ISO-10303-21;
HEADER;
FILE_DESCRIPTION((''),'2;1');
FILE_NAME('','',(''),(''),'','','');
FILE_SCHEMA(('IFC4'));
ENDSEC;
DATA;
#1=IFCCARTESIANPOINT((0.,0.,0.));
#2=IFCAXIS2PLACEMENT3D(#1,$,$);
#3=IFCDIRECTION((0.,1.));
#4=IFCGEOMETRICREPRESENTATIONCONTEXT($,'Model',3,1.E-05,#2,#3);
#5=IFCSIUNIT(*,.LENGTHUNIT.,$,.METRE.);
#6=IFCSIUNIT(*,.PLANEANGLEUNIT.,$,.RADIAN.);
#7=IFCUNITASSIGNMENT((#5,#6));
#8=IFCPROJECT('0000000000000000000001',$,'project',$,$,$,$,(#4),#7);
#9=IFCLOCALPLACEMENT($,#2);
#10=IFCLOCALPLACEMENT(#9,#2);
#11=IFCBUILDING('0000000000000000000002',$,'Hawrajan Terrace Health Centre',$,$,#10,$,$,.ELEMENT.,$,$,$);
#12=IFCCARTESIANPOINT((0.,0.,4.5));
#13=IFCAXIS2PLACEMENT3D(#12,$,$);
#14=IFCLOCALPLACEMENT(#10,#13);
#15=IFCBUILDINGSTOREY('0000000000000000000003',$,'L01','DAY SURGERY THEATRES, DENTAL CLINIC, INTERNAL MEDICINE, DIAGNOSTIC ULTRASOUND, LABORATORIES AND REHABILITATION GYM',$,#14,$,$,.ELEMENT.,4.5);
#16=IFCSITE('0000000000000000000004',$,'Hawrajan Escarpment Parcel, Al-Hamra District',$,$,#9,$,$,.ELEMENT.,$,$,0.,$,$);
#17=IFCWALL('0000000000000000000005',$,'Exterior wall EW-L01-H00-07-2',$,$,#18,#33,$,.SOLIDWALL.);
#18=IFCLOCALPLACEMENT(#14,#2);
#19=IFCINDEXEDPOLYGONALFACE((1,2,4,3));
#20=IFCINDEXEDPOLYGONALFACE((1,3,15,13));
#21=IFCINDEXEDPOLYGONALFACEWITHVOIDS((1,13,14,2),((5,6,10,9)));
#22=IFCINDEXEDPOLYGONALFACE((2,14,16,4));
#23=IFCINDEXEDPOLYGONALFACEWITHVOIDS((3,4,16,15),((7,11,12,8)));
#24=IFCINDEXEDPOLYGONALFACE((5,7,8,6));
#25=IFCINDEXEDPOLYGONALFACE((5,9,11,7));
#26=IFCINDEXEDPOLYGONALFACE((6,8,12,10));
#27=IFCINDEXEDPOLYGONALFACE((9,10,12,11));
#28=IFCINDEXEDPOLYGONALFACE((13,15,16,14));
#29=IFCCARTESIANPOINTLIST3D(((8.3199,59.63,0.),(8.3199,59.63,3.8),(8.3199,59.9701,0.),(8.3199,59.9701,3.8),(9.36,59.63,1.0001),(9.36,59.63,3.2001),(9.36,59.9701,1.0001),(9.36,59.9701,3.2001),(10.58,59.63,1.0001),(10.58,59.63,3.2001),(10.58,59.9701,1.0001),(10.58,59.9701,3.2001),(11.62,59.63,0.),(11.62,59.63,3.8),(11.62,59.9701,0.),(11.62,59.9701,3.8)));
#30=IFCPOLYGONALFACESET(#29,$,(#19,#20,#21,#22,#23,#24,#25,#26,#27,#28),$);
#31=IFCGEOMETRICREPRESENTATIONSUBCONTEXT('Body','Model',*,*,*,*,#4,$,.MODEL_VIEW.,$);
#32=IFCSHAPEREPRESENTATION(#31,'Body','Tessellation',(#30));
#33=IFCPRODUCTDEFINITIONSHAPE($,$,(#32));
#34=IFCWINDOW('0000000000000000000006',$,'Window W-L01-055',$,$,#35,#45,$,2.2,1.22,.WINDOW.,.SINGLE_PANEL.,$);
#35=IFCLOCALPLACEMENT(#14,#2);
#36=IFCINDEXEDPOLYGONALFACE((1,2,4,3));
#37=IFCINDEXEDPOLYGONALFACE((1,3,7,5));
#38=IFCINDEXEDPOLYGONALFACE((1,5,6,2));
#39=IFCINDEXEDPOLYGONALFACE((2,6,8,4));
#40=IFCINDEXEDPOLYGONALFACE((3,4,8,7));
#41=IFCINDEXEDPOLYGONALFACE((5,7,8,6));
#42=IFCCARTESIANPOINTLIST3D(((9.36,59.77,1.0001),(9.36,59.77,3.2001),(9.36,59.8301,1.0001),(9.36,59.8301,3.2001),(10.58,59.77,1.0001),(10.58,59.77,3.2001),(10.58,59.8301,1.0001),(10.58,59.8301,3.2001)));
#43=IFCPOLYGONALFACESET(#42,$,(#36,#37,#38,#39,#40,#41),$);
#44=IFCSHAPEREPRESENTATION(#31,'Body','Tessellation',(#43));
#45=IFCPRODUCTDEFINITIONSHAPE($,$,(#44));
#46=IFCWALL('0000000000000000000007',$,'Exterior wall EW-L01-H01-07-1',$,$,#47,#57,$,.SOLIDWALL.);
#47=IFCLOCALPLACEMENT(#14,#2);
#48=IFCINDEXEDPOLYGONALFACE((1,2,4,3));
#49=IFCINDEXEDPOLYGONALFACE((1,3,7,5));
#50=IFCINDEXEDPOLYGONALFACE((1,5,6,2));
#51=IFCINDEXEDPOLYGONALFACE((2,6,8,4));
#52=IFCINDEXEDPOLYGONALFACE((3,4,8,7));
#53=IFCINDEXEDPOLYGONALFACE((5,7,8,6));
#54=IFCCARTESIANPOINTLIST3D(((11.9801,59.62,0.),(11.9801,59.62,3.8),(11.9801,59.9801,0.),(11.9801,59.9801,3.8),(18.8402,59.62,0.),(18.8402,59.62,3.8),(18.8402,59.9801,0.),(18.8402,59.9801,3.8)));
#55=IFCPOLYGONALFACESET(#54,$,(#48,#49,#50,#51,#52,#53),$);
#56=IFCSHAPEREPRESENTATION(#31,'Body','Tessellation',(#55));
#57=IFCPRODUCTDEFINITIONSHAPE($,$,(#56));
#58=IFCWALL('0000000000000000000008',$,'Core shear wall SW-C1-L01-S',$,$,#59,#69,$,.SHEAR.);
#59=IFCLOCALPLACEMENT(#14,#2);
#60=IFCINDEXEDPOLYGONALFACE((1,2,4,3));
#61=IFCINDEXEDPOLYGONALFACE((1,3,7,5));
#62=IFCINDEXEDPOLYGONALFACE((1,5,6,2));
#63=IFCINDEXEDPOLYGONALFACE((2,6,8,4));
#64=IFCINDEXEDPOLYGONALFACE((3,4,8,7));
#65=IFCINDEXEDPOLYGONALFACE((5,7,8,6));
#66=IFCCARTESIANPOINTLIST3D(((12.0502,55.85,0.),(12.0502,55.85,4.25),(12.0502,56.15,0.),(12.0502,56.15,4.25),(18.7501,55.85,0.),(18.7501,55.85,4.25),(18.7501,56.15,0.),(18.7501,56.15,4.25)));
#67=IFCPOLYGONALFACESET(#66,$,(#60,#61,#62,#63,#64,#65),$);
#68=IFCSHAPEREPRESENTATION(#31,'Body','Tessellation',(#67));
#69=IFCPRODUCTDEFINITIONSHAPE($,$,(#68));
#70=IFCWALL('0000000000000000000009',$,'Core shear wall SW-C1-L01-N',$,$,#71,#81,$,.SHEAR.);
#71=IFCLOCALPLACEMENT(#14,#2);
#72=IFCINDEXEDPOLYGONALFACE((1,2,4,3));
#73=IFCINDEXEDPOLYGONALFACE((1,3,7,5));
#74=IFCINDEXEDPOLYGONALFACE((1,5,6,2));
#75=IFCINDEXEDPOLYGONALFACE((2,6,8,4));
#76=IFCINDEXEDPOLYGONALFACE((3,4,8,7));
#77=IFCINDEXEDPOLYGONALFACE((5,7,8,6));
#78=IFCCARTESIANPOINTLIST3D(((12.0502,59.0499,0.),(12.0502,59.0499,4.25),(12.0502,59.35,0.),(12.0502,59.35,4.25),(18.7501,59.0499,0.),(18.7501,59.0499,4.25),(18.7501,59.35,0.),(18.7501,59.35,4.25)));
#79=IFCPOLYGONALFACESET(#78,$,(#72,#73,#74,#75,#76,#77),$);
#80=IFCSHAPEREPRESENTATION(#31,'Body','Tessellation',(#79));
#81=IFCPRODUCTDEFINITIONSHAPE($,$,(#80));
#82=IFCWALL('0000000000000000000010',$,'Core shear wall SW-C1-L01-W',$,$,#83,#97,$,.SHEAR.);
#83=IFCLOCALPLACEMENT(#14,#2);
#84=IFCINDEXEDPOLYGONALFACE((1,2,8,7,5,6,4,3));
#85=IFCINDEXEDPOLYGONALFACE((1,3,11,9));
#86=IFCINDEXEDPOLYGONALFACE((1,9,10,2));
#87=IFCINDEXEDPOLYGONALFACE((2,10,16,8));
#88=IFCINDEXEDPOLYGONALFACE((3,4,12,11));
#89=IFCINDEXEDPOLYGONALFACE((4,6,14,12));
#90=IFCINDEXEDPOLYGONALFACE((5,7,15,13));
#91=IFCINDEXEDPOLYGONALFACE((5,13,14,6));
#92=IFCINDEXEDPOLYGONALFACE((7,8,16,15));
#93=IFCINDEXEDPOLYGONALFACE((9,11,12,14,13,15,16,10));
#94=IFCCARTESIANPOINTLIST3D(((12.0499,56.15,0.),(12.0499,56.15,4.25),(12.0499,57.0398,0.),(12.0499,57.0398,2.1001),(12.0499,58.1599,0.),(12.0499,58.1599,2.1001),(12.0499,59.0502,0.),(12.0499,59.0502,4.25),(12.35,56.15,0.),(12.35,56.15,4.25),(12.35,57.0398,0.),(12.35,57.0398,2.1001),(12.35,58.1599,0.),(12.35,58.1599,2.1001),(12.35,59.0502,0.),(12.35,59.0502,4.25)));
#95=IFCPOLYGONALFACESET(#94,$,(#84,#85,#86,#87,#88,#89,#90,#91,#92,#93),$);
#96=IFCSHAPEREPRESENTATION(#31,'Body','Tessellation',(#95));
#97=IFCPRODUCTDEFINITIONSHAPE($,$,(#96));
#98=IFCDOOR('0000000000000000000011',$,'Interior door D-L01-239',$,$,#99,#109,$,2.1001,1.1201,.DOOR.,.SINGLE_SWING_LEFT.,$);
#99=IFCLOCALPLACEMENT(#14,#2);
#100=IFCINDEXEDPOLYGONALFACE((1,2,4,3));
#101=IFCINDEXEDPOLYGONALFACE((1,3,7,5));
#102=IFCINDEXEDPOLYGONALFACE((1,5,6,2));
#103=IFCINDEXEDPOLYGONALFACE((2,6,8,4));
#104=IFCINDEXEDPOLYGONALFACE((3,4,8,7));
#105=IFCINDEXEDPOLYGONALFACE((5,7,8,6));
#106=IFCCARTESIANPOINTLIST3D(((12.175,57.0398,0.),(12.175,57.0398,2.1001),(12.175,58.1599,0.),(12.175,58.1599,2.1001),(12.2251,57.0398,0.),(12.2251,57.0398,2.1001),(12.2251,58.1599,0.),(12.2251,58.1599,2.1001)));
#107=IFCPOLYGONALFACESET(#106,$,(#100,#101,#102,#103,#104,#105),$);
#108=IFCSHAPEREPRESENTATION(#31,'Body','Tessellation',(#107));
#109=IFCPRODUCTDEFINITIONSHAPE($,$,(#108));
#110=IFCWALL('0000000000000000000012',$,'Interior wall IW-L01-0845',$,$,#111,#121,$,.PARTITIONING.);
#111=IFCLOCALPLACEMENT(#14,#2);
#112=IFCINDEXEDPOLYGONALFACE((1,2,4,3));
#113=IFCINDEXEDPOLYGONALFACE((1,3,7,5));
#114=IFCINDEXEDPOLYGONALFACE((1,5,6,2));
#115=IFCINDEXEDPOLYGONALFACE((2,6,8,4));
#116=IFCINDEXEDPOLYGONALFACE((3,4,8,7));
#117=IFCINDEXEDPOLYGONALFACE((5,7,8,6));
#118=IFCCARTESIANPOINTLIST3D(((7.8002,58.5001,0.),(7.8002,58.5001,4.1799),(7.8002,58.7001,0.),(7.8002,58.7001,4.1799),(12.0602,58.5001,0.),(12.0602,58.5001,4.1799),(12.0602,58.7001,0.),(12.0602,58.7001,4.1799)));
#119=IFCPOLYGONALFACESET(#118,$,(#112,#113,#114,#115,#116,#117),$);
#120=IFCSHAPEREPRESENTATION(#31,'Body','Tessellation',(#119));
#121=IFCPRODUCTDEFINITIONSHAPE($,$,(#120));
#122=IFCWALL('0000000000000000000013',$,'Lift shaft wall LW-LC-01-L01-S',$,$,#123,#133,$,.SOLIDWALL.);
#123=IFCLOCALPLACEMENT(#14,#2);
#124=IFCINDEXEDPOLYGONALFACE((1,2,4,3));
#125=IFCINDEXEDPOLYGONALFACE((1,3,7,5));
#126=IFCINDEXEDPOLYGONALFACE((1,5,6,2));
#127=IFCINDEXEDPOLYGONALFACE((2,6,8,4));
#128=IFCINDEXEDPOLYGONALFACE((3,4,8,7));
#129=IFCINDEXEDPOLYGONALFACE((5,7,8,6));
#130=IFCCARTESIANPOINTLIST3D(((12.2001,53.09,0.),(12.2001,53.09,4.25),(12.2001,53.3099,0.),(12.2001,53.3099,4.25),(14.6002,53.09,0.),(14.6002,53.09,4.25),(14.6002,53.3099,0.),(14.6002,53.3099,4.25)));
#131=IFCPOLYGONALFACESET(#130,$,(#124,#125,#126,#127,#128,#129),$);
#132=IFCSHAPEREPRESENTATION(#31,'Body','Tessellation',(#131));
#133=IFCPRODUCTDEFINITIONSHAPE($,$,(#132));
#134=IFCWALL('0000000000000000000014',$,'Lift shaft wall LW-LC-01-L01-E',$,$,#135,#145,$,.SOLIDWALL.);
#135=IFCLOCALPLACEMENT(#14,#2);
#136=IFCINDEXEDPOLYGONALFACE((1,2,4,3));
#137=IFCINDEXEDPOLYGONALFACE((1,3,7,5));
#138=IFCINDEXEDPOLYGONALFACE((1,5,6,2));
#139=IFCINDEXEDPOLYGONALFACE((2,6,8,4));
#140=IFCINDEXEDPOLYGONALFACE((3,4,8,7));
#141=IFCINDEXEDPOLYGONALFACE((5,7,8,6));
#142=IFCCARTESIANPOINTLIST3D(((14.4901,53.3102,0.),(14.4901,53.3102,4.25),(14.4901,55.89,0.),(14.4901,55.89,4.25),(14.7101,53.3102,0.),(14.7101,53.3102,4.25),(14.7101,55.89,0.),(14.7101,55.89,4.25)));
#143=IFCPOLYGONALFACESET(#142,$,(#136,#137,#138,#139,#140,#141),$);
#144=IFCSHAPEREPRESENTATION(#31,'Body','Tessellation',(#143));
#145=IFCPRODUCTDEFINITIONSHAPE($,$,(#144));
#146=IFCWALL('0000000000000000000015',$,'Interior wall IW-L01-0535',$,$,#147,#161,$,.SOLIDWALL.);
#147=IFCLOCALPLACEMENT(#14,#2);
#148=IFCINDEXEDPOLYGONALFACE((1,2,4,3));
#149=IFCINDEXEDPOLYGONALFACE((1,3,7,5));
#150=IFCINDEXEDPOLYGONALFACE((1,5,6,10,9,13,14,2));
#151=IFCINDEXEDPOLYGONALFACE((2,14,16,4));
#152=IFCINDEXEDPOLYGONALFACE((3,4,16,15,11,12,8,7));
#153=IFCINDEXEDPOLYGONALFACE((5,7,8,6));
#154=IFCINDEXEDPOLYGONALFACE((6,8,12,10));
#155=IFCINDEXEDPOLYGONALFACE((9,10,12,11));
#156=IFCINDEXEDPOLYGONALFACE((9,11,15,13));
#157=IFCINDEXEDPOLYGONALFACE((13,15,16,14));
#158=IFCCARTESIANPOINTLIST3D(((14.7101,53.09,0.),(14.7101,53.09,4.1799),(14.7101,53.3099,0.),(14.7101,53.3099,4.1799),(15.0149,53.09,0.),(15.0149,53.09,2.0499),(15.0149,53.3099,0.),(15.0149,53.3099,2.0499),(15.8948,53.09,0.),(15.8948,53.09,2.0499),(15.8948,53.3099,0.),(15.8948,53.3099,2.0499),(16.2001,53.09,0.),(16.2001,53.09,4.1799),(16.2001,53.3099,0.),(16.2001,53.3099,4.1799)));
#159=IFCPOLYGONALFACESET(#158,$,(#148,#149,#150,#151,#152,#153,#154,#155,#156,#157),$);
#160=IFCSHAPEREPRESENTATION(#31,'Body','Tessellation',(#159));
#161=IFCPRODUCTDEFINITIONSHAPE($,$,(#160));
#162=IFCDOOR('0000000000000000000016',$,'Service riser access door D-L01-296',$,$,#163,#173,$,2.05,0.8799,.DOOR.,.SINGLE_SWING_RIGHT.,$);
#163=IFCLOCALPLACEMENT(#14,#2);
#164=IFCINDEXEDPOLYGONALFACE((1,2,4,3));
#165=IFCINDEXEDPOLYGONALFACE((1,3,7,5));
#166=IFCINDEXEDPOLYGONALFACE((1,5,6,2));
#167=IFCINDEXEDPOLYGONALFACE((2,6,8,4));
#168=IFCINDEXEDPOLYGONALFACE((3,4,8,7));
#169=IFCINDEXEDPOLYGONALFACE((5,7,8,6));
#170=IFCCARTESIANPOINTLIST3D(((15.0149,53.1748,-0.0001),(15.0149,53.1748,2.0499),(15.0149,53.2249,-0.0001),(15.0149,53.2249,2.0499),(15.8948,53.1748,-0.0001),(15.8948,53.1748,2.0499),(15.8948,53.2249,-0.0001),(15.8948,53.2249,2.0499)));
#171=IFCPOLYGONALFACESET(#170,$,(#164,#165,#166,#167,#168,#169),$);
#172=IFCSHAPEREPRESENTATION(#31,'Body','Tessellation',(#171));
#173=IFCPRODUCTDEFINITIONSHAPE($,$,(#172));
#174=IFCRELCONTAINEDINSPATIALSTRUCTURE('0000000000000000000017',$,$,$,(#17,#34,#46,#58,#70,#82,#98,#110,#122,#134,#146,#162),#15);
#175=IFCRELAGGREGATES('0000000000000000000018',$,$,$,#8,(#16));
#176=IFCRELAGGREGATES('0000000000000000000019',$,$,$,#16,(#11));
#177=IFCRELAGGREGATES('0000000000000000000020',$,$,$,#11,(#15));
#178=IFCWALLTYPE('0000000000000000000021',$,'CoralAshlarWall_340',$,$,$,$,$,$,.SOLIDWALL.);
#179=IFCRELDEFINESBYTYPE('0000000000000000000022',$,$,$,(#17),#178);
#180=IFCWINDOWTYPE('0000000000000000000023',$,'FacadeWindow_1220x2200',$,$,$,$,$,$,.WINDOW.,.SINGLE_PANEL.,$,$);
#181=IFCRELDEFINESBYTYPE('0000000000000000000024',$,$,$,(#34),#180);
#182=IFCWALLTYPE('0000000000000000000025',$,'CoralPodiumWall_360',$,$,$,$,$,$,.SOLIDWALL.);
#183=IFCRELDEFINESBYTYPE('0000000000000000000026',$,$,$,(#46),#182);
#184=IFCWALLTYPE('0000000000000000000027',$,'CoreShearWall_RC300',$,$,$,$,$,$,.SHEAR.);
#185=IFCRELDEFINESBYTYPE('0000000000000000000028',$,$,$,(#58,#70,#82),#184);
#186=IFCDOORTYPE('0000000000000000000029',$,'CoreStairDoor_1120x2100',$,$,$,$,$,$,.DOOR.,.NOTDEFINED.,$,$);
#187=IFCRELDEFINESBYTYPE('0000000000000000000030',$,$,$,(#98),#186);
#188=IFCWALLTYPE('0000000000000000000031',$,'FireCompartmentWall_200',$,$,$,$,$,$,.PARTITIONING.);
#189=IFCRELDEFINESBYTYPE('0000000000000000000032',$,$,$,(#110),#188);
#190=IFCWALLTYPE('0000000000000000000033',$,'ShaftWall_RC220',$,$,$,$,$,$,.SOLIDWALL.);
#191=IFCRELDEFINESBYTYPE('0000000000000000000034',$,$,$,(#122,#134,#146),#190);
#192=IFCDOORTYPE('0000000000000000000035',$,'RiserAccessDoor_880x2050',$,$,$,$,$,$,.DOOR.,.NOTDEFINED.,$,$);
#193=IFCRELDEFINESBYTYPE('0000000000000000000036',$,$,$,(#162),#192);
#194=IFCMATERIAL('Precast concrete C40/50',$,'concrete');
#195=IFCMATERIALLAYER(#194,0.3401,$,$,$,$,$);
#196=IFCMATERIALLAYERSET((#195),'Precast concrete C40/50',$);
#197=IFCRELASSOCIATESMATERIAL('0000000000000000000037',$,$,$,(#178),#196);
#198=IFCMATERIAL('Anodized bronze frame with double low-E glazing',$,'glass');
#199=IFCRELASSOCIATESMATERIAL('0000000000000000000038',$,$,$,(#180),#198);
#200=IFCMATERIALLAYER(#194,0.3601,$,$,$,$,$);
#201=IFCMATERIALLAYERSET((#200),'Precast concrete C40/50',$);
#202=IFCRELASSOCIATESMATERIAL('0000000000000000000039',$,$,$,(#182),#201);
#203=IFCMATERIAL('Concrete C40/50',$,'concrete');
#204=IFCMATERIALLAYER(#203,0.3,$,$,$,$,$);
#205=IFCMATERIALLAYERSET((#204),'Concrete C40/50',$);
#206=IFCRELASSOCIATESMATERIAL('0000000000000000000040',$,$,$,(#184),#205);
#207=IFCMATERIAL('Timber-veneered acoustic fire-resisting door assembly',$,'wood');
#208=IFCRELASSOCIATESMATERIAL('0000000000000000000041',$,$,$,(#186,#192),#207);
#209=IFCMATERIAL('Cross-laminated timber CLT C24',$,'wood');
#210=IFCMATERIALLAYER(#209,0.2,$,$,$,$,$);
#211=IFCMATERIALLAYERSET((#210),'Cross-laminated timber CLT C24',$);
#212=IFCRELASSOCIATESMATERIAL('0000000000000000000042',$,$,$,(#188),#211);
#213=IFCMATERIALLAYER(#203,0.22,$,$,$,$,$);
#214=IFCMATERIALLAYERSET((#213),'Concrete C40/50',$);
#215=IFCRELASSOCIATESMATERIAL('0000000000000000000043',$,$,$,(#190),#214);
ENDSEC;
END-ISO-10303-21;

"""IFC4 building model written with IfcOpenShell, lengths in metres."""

from ifc_helpers import new_model, si_unit, direction, frame, frame_2d, origin, place, context, subcontext, project, spatial, rectangle, extrude, material, layer, layer_set, type_object, element, fill, save


model = new_model("IFC4")

# Units and contexts
model_context = context("Model", 3, precision=1e-05, world=origin(), true_north=direction((0.0, 1.0)))
body_context = subcontext(model_context, "Body", "Model", "MODEL_VIEW")
ifc_project = project(units=[si_unit("LENGTHUNIT", "METRE"), si_unit("PLANEANGLEUNIT", "RADIAN")], contexts=[model_context])

# Site, building, storey
site_placement = place(None, origin())
site = spatial("IfcSite", under=ifc_project, at=site_placement, Name="Hawrajan Escarpment Parcel, Al-Hamra District", CompositionType="ELEMENT", RefElevation=0.0)
building_placement = place(site_placement, origin())
building = spatial("IfcBuilding", under=site, at=building_placement, Name="Hawrajan Terrace Health Centre", CompositionType="ELEMENT")
storey_placement = place(building_placement, frame((0.0, 0.0, 4.5)))
storey = spatial("IfcBuildingStorey", under=building, at=storey_placement, Name="L01", Description="DAY SURGERY THEATRES, DENTAL CLINIC, INTERNAL MEDICINE, DIAGNOSTIC ULTRASOUND, LABORATORIES AND REHABILITATION GYM", CompositionType="ELEMENT", Elevation=4.5)

# Shared definitions
ifc_material_1 = material(Name="Concrete C40/50", Category="concrete")

# Wall, opening, window
ifc_material_2 = material(Name="Precast concrete C40/50", Category="concrete")
ifc_layer_1 = layer(ifc_material_2, 0.3401)
ifc_layer_set_1 = layer_set([ifc_layer_1], Name="Precast concrete C40/50")
wall_type_1 = type_object("IfcWallType", Name="CoralAshlarWall_340", PredefinedType="SOLIDWALL", material=ifc_layer_set_1)
wall_1_placement = place(storey_placement, frame((8.3201, 59.8, 0.0), z_axis=(0.0, 0.0, 1.0), x_axis=(1.0, 0.0, 0.0)))
wall_1 = element("IfcWall", 1, at=wall_1_placement, inside=storey, type_object=wall_type_1, Name="Exterior wall EW-L01-H00-07-2", PredefinedType="SOLIDWALL", context=body_context, shape_type="SweptSolid", body=[
    extrude(rectangle(XDim=3.3, YDim=0.3401, at=frame_2d((1.6499, 0.0))), origin(), (0.0, 0.0, 1.0), 3.8),
])
opening_1_placement = place(wall_1_placement, frame((1.04, 0.0, 1.0)))
opening_1 = element("IfcOpeningElement", 2, at=opening_1_placement, cuts=wall_1, PredefinedType="OPENING", context=body_context, shape_type="SweptSolid", body=[
    extrude(rectangle(XDim=1.22, YDim=2.2, at=frame_2d((0.6099, 1.1001))), frame((0.0, 0.1799, 0.0), z_axis=(0.0, -1.0, 0.0), x_axis=(1.0, 0.0, 0.0)), (0.0, 0.0, 1.0), 0.3601),
])
ifc_material_3 = material(Name="Anodized bronze frame with double low-E glazing", Category="glass")
window_type = type_object("IfcWindowType", Name="FacadeWindow_1220x2200", PartitioningType="SINGLE_PANEL", PredefinedType="WINDOW", material=ifc_material_3)
window_placement = place(opening_1_placement, origin())
window = element("IfcWindow", 3, at=window_placement, inside=storey, type_object=window_type, Name="Window W-L01-055", OverallHeight=2.2, OverallWidth=1.22, PartitioningType="SINGLE_PANEL", PredefinedType="WINDOW", context=body_context, shape_type="SweptSolid", body=[
    extrude(rectangle(XDim=1.22, YDim=2.2, at=frame_2d((0.6099, 1.1001))), frame((0.0, 0.03, 0.0), z_axis=(0.0, -1.0, 0.0), x_axis=(1.0, 0.0, 0.0)), (0.0, 0.0, 1.0), 0.0601),
])
fill(opening_1, window)

# Walls
ifc_layer_2 = layer(ifc_material_2, 0.3601)
ifc_layer_set_2 = layer_set([ifc_layer_2], Name="Precast concrete C40/50")
wall_type_2 = type_object("IfcWallType", Name="CoralPodiumWall_360", PredefinedType="SOLIDWALL", material=ifc_layer_set_2)
wall_2_placement = place(storey_placement, frame((11.98, 59.8, 0.0), z_axis=(0.0, 0.0, 1.0), x_axis=(1.0, 0.0, 0.0)))
element("IfcWall", 4, at=wall_2_placement, inside=storey, type_object=wall_type_2, Name="Exterior wall EW-L01-H01-07-1", PredefinedType="SOLIDWALL", context=body_context, shape_type="SweptSolid", body=[
    extrude(rectangle(XDim=6.8601, YDim=0.3601, at=frame_2d((3.4302, 0.0))), origin(), (0.0, 0.0, 1.0), 3.8),
])
ifc_layer_3 = layer(ifc_material_1, 0.3)
ifc_layer_set_3 = layer_set([ifc_layer_3], Name="Concrete C40/50")
wall_type_3 = type_object("IfcWallType", Name="CoreShearWall_RC300", PredefinedType="SHEAR", material=ifc_layer_set_3)
for number, where, z_axis, x_axis, name in (
    (5, (12.05, 56.0, 0.0), (0.0, 0.0, 1.0), (1.0, 0.0, 0.0), "Core shear wall SW-C1-L01-S"),
    (6, (12.05, 59.2, 0.0), (0.0, 0.0, 1.0), (1.0, 0.0, 0.0), "Core shear wall SW-C1-L01-N"),
):
    element("IfcWall", number, at=place(storey_placement, frame(where, z_axis=z_axis, x_axis=x_axis)), inside=storey, type_object=wall_type_3, Name=name, PredefinedType="SHEAR", context=body_context, shape_type="SweptSolid", body=[
        extrude(rectangle(XDim=6.7, YDim=0.3, at=frame_2d((3.3501, 0.0))), origin(), (0.0, 0.0, 1.0), 4.25),
    ])

# Wall, opening, door
wall_3_placement = place(storey_placement, frame((12.2, 56.1499, 0.0), z_axis=(0.0, 0.0, 1.0), x_axis=(0.0, 1.0, 0.0)))
wall_3 = element("IfcWall", 7, at=wall_3_placement, inside=storey, type_object=wall_type_3, Name="Core shear wall SW-C1-L01-W", PredefinedType="SHEAR", context=body_context, shape_type="SweptSolid", body=[
    extrude(rectangle(XDim=2.9001, YDim=0.3, at=frame_2d((1.4502, 0.0))), origin(), (0.0, 0.0, 1.0), 4.25),
])
opening_2_placement = place(wall_3_placement, frame((0.8899, 0.0, 0.0)))
opening_2 = element("IfcOpeningElement", 8, at=opening_2_placement, cuts=wall_3, PredefinedType="OPENING", context=body_context, shape_type="SweptSolid", body=[
    extrude(rectangle(XDim=1.1201, YDim=2.1001, at=frame_2d((0.5601, 1.05))), frame((0.0, 0.1599, 0.0), z_axis=(0.0, -1.0, 0.0), x_axis=(1.0, 0.0, 0.0)), (0.0, 0.0, 1.0), 0.3201),
])
ifc_material_4 = material(Name="Timber-veneered acoustic fire-resisting door assembly", Category="wood")
door_type_1 = type_object("IfcDoorType", Name="CoreStairDoor_1120x2100", OperationType="NOTDEFINED", PredefinedType="DOOR", material=ifc_material_4)
door_1_placement = place(opening_2_placement, origin())
door_1 = element("IfcDoor", 9, at=door_1_placement, inside=storey, type_object=door_type_1, Name="Interior door D-L01-239", OperationType="SINGLE_SWING_LEFT", OverallHeight=2.1001, OverallWidth=1.1201, PredefinedType="DOOR", context=body_context, shape_type="SweptSolid", body=[
    extrude(rectangle(XDim=1.1201, YDim=2.1001, at=frame_2d((0.5601, 1.05))), frame((0.0, 0.0249, 0.0), z_axis=(0.0, -1.0, 0.0), x_axis=(1.0, 0.0, 0.0)), (0.0, 0.0, 1.0), 0.05),
])
fill(opening_2, door_1)

# Walls
ifc_material_5 = material(Name="Cross-laminated timber CLT C24", Category="wood")
ifc_layer_4 = layer(ifc_material_5, 0.2)
ifc_layer_set_4 = layer_set([ifc_layer_4], Name="Cross-laminated timber CLT C24")
wall_type_4 = type_object("IfcWallType", Name="FireCompartmentWall_200", PredefinedType="PARTITIONING", material=ifc_layer_set_4)
wall_4_placement = place(storey_placement, frame((12.0601, 58.6001, 0.0), z_axis=(0.0, 0.0, 1.0), x_axis=(-1.0, 0.0, 0.0)))
element("IfcWall", 10, at=wall_4_placement, inside=storey, type_object=wall_type_4, Name="Interior wall IW-L01-0845", PredefinedType="PARTITIONING", context=body_context, shape_type="SweptSolid", body=[
    extrude(rectangle(XDim=4.26, YDim=0.2, at=frame_2d((2.1299, 0.0))), origin(), (0.0, 0.0, 1.0), 4.1799),
])
ifc_layer_5 = layer(ifc_material_1, 0.22)
ifc_layer_set_5 = layer_set([ifc_layer_5], Name="Concrete C40/50")
wall_type_5 = type_object("IfcWallType", Name="ShaftWall_RC220", PredefinedType="SOLIDWALL", material=ifc_layer_set_5)
wall_5_placement = place(storey_placement, frame((12.2, 53.2, 0.0), z_axis=(0.0, 0.0, 1.0), x_axis=(1.0, 0.0, 0.0)))
element("IfcWall", 11, at=wall_5_placement, inside=storey, type_object=wall_type_5, Name="Lift shaft wall LW-LC-01-L01-S", PredefinedType="SOLIDWALL", context=body_context, shape_type="SweptSolid", body=[
    extrude(rectangle(XDim=2.4001, YDim=0.22, at=frame_2d((1.2002, 0.0))), origin(), (0.0, 0.0, 1.0), 4.25),
])

# Wall
wall_6_placement = place(storey_placement, frame((14.6001, 53.3101, 0.0), z_axis=(0.0, 0.0, 1.0), x_axis=(0.0, 1.0, 0.0)))
element("IfcWall", 12, at=wall_6_placement, inside=storey, type_object=wall_type_5, Name="Lift shaft wall LW-LC-01-L01-E", PredefinedType="SOLIDWALL", context=body_context, shape_type="SweptSolid", body=[
    extrude(rectangle(XDim=2.5798, YDim=0.22, at=frame_2d((1.29, 0.0))), origin(), (0.0, 0.0, 1.0), 4.25),
])

# Wall, opening, door
wall_7_placement = place(storey_placement, frame((14.71, 53.2, 0.0), z_axis=(0.0, 0.0, 1.0), x_axis=(1.0, 0.0, 0.0)))
wall_7 = element("IfcWall", 13, at=wall_7_placement, inside=storey, type_object=wall_type_5, Name="Interior wall IW-L01-0535", PredefinedType="SOLIDWALL", context=body_context, shape_type="SweptSolid", body=[
    extrude(rectangle(XDim=1.49, YDim=0.22, at=frame_2d((0.7451, 0.0))), origin(), (0.0, 0.0, 1.0), 4.1799),
])
opening_3_placement = place(wall_7_placement, frame((0.3049, 0.0, 0.0)))
opening_3 = element("IfcOpeningElement", 14, at=opening_3_placement, cuts=wall_7, PredefinedType="OPENING", context=body_context, shape_type="SweptSolid", body=[
    extrude(rectangle(XDim=0.8799, YDim=2.05, at=frame_2d((0.4399, 1.0249))), frame((0.0, 0.1199, 0.0), z_axis=(0.0, -1.0, 0.0), x_axis=(1.0, 0.0, 0.0)), (0.0, 0.0, 1.0), 0.24),
])
door_type_2 = type_object("IfcDoorType", Name="RiserAccessDoor_880x2050", OperationType="NOTDEFINED", PredefinedType="DOOR", material=ifc_material_4)
door_2_placement = place(opening_3_placement, origin())
door_2 = element("IfcDoor", 15, at=door_2_placement, inside=storey, type_object=door_type_2, Name="Service riser access door D-L01-296", OperationType="SINGLE_SWING_RIGHT", OverallHeight=2.05, OverallWidth=0.8799, PredefinedType="DOOR", context=body_context, shape_type="SweptSolid", body=[
    extrude(rectangle(XDim=0.8799, YDim=2.05, at=frame_2d((0.4399, 1.0249))), frame((0.0, 0.0249, 0.0), z_axis=(0.0, -1.0, 0.0), x_axis=(1.0, 0.0, 0.0)), (0.0, 0.0, 1.0), 0.05),
])
fill(opening_3, door_2)

save(model, "model.ifc")
